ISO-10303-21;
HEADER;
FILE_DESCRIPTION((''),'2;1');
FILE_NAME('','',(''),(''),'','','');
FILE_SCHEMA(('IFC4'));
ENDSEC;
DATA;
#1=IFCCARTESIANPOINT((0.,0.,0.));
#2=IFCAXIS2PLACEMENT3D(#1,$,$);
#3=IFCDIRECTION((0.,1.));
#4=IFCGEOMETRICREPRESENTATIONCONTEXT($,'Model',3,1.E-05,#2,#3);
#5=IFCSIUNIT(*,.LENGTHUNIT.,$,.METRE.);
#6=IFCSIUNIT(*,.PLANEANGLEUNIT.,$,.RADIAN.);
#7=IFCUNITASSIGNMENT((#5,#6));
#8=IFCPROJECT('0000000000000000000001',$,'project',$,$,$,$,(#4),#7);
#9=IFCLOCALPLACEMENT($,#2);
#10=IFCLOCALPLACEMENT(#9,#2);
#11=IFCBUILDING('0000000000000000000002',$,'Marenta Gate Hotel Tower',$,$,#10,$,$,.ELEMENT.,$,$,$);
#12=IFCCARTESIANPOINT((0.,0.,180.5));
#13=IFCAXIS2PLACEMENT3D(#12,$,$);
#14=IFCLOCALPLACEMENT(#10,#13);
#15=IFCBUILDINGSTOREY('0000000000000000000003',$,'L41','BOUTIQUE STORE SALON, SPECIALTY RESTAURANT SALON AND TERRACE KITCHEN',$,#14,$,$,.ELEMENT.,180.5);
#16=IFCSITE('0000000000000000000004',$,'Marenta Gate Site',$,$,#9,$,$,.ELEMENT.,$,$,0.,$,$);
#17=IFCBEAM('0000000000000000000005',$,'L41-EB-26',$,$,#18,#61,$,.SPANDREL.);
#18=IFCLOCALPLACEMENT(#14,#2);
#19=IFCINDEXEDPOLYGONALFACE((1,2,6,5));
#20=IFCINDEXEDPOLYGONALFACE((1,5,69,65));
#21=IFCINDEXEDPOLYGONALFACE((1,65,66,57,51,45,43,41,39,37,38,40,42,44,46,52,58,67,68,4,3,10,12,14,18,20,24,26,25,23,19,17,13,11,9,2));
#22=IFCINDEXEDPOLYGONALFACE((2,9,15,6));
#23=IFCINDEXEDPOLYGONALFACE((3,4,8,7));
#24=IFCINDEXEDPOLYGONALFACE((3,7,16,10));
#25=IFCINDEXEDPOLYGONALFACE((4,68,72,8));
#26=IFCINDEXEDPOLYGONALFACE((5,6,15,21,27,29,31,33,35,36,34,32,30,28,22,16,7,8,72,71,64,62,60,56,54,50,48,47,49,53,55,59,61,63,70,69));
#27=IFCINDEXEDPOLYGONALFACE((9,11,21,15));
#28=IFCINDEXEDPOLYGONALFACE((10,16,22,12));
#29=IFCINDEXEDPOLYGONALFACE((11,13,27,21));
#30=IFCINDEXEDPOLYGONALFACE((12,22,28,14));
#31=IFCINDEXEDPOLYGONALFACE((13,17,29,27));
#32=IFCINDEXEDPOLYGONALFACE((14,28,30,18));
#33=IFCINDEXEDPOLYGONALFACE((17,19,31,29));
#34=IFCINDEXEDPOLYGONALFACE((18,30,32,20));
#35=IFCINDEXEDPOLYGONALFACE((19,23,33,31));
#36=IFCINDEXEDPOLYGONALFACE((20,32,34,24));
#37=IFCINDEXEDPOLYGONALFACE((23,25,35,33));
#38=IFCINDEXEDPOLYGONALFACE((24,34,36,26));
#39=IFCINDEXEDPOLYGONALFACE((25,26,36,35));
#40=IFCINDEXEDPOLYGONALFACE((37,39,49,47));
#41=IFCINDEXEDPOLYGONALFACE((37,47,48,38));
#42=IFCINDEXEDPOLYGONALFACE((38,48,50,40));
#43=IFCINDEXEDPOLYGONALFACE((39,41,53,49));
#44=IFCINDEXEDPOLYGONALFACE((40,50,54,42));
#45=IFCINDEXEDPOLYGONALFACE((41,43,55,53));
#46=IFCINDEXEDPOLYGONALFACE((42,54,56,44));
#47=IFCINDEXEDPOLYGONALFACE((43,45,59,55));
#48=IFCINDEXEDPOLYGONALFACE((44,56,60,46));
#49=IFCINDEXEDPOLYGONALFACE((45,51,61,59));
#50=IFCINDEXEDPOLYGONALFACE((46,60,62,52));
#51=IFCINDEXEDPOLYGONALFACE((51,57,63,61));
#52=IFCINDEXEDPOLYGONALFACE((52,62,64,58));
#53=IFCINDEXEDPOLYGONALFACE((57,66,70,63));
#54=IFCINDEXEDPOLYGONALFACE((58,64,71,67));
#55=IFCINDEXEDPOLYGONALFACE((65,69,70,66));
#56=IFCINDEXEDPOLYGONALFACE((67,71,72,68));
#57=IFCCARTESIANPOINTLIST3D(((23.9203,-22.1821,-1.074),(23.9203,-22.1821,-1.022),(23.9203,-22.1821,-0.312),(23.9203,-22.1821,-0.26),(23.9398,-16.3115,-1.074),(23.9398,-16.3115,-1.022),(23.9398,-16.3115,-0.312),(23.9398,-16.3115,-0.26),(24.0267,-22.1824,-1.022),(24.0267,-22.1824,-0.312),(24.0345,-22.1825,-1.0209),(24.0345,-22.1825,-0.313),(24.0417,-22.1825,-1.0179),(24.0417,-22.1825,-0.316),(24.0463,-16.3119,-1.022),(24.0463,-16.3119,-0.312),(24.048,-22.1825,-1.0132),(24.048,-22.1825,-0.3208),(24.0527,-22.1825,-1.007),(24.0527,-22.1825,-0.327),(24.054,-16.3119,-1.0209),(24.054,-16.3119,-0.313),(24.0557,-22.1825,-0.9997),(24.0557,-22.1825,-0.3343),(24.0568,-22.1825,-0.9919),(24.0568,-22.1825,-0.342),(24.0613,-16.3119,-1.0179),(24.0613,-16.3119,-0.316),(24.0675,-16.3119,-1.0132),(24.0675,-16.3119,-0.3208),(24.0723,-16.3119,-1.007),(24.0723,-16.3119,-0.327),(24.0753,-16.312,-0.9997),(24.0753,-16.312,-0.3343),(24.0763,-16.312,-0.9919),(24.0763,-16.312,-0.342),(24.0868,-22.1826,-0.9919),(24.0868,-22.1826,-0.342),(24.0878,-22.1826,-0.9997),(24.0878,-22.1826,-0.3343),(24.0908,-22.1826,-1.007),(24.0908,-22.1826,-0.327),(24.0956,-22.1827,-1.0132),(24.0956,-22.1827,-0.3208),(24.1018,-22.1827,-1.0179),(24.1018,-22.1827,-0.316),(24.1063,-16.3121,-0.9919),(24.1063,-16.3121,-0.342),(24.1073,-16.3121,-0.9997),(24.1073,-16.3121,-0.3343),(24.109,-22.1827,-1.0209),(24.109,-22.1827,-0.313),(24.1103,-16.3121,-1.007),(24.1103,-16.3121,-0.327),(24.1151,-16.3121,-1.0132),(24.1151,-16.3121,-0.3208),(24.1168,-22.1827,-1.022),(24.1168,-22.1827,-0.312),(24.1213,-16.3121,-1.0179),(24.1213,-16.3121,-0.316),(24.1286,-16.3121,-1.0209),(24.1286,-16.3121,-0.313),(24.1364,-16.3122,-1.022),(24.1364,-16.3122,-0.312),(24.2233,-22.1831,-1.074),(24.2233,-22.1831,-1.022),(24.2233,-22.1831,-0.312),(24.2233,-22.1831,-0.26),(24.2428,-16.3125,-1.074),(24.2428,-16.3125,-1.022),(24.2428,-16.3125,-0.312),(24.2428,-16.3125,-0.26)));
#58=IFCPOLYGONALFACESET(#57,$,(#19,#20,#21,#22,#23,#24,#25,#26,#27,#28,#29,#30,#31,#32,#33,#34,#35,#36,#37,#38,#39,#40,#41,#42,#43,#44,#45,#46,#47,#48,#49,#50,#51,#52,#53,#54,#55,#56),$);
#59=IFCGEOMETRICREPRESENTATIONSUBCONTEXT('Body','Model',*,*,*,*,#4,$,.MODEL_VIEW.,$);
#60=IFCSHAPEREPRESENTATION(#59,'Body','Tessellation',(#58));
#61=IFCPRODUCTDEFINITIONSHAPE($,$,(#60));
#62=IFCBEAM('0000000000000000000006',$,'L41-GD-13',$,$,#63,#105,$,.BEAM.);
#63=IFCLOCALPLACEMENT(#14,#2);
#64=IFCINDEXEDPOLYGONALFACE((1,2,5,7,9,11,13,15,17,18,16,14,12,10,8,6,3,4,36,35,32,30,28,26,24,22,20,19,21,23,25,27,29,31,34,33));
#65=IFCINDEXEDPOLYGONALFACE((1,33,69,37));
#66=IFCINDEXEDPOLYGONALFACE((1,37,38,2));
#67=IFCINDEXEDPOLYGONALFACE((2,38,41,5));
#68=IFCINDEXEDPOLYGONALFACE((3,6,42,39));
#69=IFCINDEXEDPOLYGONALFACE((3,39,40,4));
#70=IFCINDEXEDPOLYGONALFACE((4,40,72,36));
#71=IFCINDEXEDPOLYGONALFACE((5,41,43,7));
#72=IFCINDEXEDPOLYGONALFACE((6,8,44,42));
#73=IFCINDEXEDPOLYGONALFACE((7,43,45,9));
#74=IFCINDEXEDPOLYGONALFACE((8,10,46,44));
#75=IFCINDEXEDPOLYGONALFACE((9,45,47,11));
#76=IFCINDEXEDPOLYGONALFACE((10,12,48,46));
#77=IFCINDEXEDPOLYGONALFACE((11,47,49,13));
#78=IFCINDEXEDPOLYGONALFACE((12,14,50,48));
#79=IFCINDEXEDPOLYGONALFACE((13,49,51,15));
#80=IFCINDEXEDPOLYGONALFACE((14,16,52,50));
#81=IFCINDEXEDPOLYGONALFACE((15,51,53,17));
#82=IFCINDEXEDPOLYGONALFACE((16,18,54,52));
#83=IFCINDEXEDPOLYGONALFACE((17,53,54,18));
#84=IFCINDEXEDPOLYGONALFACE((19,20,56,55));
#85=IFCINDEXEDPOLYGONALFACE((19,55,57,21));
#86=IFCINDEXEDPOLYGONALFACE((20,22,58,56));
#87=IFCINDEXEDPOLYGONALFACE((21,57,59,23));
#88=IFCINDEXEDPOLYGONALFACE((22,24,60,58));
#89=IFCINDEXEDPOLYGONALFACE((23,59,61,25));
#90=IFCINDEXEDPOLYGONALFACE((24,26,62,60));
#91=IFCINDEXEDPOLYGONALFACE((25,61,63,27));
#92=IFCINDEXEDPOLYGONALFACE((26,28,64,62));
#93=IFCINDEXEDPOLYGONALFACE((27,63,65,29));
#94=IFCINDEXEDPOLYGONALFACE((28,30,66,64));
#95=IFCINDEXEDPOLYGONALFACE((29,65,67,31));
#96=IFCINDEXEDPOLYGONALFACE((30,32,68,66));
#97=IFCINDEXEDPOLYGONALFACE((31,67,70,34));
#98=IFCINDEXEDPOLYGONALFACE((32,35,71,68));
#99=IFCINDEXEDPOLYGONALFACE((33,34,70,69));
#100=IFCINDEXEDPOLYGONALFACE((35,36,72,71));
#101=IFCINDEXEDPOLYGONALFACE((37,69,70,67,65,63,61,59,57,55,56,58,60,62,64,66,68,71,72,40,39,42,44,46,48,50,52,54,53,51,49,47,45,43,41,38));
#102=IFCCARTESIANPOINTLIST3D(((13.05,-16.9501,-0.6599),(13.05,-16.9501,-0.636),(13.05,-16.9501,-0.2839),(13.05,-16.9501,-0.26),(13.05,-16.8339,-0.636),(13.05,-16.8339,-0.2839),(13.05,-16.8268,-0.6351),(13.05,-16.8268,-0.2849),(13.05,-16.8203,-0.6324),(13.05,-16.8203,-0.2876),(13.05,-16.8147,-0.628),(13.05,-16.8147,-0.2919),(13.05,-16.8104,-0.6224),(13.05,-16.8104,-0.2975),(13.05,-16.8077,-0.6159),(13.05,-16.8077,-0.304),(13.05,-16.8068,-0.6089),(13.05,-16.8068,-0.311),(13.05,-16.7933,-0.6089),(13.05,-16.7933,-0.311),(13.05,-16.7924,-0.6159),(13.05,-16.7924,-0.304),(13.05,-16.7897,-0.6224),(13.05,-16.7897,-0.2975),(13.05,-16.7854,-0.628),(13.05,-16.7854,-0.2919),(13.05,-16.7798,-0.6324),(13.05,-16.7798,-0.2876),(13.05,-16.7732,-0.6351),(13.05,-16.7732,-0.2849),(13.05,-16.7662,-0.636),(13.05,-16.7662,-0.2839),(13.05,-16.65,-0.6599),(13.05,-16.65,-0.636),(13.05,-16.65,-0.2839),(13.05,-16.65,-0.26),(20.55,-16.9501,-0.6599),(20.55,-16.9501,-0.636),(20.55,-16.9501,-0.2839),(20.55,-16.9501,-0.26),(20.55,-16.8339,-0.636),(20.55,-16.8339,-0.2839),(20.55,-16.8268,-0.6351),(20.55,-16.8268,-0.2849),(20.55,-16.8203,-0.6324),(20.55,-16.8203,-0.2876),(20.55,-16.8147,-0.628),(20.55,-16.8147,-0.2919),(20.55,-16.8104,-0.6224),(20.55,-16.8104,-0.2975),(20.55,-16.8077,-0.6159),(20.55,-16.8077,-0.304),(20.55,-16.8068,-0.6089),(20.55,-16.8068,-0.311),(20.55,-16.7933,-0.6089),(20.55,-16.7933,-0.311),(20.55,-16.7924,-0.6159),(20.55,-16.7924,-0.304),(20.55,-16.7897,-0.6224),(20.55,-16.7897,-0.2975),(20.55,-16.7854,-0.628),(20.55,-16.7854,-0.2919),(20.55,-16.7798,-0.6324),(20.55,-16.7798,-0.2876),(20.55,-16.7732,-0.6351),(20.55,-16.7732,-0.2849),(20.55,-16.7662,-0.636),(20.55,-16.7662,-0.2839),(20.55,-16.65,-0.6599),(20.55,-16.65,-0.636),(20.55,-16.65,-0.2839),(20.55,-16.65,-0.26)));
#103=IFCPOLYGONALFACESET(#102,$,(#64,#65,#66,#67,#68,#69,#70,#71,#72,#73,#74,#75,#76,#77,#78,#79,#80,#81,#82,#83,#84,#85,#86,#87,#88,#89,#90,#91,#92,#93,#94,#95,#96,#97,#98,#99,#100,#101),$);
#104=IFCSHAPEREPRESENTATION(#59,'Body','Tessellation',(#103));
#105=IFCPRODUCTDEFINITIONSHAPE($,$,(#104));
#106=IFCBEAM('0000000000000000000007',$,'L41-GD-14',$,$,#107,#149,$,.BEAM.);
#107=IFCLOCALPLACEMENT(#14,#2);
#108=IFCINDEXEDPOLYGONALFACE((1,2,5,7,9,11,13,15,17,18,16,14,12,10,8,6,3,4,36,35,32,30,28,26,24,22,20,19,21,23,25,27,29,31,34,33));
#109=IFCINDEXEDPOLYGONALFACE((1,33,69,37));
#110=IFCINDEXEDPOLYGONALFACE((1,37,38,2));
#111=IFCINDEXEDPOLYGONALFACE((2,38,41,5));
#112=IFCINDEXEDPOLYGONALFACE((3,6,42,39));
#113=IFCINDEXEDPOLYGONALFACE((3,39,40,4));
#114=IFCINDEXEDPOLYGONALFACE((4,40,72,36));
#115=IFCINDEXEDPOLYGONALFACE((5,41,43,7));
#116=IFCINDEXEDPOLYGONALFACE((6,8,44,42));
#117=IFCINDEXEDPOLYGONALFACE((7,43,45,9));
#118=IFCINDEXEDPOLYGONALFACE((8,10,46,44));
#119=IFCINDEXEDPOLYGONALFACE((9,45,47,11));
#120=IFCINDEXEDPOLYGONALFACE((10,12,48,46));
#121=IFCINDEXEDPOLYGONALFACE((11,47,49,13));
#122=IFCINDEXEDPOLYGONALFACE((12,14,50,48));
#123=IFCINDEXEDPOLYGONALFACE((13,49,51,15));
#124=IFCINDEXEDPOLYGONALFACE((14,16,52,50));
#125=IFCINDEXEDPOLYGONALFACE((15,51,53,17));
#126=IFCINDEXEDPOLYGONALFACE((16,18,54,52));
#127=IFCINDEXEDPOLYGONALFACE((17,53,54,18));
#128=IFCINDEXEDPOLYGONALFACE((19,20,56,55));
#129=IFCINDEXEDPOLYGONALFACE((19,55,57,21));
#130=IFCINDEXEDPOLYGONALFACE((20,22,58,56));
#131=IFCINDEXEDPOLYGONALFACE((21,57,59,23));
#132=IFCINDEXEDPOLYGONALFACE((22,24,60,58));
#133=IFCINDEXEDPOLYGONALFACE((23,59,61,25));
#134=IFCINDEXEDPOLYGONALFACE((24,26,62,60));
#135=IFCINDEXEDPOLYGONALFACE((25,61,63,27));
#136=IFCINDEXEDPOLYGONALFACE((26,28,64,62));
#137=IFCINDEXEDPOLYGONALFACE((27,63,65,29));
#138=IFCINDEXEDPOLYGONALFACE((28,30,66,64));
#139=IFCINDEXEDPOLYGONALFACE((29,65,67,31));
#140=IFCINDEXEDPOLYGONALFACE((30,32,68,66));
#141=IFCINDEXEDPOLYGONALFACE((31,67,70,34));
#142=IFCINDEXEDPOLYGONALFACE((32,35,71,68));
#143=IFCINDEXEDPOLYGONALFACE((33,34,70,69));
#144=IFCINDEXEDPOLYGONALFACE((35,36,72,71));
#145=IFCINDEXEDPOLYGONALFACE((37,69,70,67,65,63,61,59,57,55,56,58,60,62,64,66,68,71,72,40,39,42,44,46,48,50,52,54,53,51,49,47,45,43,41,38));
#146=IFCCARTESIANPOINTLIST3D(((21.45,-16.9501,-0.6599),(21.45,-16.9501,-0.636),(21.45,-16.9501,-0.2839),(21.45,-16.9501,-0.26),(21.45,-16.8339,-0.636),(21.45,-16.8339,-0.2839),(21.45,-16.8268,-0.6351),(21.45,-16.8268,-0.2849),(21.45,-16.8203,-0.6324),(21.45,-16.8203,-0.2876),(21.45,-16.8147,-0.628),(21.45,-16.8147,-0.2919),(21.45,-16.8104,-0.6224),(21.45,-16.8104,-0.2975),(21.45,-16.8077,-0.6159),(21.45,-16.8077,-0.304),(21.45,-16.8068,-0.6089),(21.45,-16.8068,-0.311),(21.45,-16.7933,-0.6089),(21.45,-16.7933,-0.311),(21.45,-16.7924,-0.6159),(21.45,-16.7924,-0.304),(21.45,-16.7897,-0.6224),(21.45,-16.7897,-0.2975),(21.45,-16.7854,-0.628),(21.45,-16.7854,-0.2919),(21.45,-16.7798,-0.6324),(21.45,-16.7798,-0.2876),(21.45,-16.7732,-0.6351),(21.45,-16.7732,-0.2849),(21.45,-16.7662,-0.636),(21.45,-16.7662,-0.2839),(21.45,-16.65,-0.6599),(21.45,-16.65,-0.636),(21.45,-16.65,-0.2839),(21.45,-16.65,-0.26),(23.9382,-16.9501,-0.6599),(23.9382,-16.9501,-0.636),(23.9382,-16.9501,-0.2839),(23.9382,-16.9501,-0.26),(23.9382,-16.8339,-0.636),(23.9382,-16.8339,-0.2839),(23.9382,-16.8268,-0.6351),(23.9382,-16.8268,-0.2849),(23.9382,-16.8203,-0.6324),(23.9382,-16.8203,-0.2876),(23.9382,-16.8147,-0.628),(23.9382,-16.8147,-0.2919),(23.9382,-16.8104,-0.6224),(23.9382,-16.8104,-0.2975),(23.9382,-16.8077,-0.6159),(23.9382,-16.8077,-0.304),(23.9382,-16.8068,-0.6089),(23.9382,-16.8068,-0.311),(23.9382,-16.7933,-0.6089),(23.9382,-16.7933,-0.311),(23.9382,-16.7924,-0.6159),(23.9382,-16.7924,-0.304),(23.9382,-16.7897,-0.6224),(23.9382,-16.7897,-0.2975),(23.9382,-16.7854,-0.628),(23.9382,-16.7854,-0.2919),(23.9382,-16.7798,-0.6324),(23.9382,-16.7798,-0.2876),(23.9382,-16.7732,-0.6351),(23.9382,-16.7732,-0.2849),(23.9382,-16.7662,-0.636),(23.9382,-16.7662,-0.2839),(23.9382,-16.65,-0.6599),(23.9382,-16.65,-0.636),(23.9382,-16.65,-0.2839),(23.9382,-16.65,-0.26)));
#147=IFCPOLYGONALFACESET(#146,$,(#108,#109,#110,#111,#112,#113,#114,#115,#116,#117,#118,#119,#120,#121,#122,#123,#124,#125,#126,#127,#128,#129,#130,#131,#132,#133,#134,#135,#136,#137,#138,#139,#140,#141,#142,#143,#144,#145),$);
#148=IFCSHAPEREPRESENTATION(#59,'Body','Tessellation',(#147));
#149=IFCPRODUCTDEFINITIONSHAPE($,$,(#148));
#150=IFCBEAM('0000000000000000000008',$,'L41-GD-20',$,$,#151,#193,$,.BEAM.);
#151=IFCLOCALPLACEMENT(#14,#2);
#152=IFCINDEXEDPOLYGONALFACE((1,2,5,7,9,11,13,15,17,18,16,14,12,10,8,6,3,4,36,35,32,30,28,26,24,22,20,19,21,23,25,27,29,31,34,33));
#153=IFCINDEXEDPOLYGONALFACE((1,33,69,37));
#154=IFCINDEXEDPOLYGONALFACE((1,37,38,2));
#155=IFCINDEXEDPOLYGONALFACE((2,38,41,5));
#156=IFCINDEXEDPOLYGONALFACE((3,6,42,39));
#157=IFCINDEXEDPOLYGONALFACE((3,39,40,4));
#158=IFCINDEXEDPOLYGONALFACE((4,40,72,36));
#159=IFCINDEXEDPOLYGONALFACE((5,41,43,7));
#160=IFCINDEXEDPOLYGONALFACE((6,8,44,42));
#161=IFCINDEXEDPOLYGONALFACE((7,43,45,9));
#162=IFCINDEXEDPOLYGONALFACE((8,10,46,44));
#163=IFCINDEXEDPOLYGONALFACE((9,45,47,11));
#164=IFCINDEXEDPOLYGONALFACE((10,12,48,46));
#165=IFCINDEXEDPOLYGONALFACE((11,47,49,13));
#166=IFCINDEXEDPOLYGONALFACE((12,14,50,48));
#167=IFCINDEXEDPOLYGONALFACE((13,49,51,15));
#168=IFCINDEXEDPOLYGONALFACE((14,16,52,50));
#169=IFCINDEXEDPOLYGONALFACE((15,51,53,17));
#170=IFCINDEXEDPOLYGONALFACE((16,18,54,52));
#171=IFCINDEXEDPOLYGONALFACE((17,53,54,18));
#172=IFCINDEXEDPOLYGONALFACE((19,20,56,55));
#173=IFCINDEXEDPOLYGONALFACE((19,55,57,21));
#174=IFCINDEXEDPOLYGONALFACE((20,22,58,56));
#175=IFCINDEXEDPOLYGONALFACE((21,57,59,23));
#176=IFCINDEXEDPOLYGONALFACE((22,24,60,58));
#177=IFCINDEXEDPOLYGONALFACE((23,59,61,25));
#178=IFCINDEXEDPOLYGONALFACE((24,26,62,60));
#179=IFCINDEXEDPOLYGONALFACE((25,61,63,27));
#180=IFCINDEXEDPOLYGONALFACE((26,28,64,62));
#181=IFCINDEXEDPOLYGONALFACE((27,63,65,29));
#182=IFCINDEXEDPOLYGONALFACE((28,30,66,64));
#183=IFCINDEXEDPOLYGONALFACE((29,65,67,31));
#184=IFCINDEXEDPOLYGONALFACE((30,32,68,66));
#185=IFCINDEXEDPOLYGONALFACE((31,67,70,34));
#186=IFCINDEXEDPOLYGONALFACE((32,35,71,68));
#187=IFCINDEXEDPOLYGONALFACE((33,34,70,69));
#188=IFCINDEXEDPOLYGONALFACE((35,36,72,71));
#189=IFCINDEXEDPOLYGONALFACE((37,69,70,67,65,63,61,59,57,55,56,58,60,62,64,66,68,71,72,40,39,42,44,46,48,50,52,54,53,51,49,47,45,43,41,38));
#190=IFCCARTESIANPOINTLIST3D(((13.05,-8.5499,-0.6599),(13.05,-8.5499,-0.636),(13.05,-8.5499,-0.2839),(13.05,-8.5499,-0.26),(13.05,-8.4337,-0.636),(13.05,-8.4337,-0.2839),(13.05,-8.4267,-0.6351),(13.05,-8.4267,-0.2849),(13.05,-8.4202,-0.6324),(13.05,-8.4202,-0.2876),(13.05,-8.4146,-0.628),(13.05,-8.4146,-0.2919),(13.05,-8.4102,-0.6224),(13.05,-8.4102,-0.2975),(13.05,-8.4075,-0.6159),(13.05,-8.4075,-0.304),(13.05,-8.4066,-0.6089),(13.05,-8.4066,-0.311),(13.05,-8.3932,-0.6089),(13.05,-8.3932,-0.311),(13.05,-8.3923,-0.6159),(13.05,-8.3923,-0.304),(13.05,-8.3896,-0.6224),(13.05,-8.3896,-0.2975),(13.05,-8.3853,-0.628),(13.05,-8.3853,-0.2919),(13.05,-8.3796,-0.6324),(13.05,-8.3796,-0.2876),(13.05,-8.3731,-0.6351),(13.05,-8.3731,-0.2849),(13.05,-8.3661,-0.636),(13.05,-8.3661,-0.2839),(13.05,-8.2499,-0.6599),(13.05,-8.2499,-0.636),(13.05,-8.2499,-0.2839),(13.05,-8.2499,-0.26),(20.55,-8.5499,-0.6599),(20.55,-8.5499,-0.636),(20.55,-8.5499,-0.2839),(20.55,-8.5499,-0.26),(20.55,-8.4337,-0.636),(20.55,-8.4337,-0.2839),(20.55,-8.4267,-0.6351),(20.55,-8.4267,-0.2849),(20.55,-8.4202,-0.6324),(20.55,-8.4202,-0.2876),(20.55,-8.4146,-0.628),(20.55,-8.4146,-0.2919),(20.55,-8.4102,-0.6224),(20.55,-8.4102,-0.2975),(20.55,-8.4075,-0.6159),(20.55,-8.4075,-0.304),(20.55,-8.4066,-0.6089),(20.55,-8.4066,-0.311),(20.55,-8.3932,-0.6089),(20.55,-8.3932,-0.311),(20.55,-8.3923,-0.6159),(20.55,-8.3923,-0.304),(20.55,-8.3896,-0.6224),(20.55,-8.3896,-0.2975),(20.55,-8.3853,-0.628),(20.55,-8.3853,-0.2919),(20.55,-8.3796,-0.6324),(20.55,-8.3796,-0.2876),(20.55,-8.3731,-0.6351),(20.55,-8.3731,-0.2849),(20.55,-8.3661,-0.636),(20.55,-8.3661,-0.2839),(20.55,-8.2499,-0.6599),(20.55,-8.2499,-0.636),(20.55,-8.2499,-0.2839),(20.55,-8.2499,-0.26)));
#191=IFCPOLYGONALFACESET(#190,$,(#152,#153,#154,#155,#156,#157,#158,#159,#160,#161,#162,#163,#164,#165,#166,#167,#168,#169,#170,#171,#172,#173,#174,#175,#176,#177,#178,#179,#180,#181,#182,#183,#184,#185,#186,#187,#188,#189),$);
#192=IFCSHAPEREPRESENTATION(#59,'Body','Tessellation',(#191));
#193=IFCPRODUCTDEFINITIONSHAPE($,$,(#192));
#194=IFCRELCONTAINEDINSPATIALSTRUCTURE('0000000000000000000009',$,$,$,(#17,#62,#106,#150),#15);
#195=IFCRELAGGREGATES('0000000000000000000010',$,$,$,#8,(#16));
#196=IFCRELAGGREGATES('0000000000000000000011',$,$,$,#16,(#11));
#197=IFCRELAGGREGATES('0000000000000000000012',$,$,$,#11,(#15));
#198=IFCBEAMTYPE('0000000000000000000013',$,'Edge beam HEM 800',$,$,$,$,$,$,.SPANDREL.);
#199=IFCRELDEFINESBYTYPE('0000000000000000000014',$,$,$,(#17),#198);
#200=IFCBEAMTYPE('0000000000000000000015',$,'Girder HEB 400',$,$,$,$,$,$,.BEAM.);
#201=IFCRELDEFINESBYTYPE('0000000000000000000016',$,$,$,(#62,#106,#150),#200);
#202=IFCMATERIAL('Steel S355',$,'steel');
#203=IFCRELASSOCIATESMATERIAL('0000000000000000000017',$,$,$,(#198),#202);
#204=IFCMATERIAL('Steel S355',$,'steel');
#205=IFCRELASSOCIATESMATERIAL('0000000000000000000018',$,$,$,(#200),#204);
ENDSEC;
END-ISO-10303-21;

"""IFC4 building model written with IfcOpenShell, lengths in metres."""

from ifc_helpers import new_model, si_unit, direction, frame, origin, origin_2d, place, context, subcontext, project, spatial, i_section, extrude, material, material_profile, profile_set, type_object, element, save


model = new_model("IFC4")

# Units and contexts
model_context = context("Model", 3, precision=1e-05, world=origin(), true_north=direction((0.0, 1.0)))
body_context = subcontext(model_context, "Body", "Model", "MODEL_VIEW")
ifc_project = project(units=[si_unit("LENGTHUNIT", "METRE"), si_unit("PLANEANGLEUNIT", "RADIAN")], contexts=[model_context])

# Site, building, storey
site_placement = place(None, origin())
site = spatial("IfcSite", under=ifc_project, at=site_placement, Name="Marenta Gate Site", CompositionType="ELEMENT", RefElevation=0.0)
building_placement = place(site_placement, origin())
building = spatial("IfcBuilding", under=site, at=building_placement, Name="Marenta Gate Hotel Tower", CompositionType="ELEMENT")
storey_placement = place(building_placement, frame((0.0, 0.0, 180.5)))
storey = spatial("IfcBuildingStorey", under=building, at=storey_placement, Name="L41", Description="BOUTIQUE STORE SALON, SPECIALTY RESTAURANT SALON AND TERRACE KITCHEN", CompositionType="ELEMENT", Elevation=180.5)

# Beams
ifc_material_1 = material(Name="Steel S355", Category="steel")
ifc_material_profile_1 = material_profile(ifc_material_1, i_section(OverallWidth=0.303, OverallDepth=0.814, WebThickness=0.03, FlangeThickness=0.052, FilletRadius=0.03, at=origin_2d()), Name="HEM 800")
ifc_profile_set_1 = profile_set([ifc_material_profile_1], Name="Steel S355")
beam_type_1 = type_object("IfcBeamType", Name="Edge beam HEM 800", PredefinedType="SPANDREL", material=ifc_profile_set_1)
beam_1_placement = place(storey_placement, frame((24.0913, -16.312, -0.667), z_axis=(-0.003327, -0.999994, 0.0), x_axis=(0.999994, -0.003327, 0.0)))
element("IfcBeam", 1, at=beam_1_placement, inside=storey, type_object=beam_type_1, Name="L41-EB-26", PredefinedType="SPANDREL", context=body_context, shape_type="SweptSolid", body=[
    extrude(i_section(OverallWidth=0.303, OverallDepth=0.814, WebThickness=0.03, FlangeThickness=0.052, FilletRadius=0.03, at=origin_2d()), origin(), (0.0, 0.0, 1.0), 5.8706),
])
ifc_material_2 = material(Name="Steel S355", Category="steel")
ifc_material_profile_2 = material_profile(ifc_material_2, i_section(OverallWidth=0.3, OverallDepth=0.3999, WebThickness=0.0134, FlangeThickness=0.0239, FilletRadius=0.0271, at=origin_2d()), Name="HEB 400")
ifc_profile_set_2 = profile_set([ifc_material_profile_2], Name="Steel S355")
beam_type_2 = type_object("IfcBeamType", Name="Girder HEB 400", PredefinedType="BEAM", material=ifc_profile_set_2)
beam_2_placement = place(storey_placement, frame((13.05, -16.8, -0.46), z_axis=(1.0, 0.0, 0.0), x_axis=(0.0, 1.0, 0.0)))
element("IfcBeam", 2, at=beam_2_placement, inside=storey, type_object=beam_type_2, Name="L41-GD-13", PredefinedType="BEAM", context=body_context, shape_type="SweptSolid", body=[
    extrude(i_section(OverallWidth=0.3, OverallDepth=0.3999, WebThickness=0.0134, FlangeThickness=0.0239, FilletRadius=0.0271, at=origin_2d()), origin(), (0.0, 0.0, 1.0), 7.5),
])
beam_3_placement = place(storey_placement, frame((21.45, -16.8, -0.46), z_axis=(1.0, 0.0, 0.0), x_axis=(0.0, 1.0, 0.0)))
element("IfcBeam", 3, at=beam_3_placement, inside=storey, type_object=beam_type_2, Name="L41-GD-14", PredefinedType="BEAM", context=body_context, shape_type="SweptSolid", body=[
    extrude(i_section(OverallWidth=0.3, OverallDepth=0.3999, WebThickness=0.0134, FlangeThickness=0.0239, FilletRadius=0.0271, at=origin_2d()), origin(), (0.0, 0.0, 1.0), 2.4883),
])
beam_4_placement = place(storey_placement, frame((13.05, -8.3999, -0.46), z_axis=(1.0, 0.0, 0.0), x_axis=(0.0, 1.0, 0.0)))
element("IfcBeam", 4, at=beam_4_placement, inside=storey, type_object=beam_type_2, Name="L41-GD-20", PredefinedType="BEAM", context=body_context, shape_type="SweptSolid", body=[
    extrude(i_section(OverallWidth=0.3, OverallDepth=0.3999, WebThickness=0.0134, FlangeThickness=0.0239, FilletRadius=0.0271, at=origin_2d()), origin(), (0.0, 0.0, 1.0), 7.5),
])

save(model, "model.ifc")
